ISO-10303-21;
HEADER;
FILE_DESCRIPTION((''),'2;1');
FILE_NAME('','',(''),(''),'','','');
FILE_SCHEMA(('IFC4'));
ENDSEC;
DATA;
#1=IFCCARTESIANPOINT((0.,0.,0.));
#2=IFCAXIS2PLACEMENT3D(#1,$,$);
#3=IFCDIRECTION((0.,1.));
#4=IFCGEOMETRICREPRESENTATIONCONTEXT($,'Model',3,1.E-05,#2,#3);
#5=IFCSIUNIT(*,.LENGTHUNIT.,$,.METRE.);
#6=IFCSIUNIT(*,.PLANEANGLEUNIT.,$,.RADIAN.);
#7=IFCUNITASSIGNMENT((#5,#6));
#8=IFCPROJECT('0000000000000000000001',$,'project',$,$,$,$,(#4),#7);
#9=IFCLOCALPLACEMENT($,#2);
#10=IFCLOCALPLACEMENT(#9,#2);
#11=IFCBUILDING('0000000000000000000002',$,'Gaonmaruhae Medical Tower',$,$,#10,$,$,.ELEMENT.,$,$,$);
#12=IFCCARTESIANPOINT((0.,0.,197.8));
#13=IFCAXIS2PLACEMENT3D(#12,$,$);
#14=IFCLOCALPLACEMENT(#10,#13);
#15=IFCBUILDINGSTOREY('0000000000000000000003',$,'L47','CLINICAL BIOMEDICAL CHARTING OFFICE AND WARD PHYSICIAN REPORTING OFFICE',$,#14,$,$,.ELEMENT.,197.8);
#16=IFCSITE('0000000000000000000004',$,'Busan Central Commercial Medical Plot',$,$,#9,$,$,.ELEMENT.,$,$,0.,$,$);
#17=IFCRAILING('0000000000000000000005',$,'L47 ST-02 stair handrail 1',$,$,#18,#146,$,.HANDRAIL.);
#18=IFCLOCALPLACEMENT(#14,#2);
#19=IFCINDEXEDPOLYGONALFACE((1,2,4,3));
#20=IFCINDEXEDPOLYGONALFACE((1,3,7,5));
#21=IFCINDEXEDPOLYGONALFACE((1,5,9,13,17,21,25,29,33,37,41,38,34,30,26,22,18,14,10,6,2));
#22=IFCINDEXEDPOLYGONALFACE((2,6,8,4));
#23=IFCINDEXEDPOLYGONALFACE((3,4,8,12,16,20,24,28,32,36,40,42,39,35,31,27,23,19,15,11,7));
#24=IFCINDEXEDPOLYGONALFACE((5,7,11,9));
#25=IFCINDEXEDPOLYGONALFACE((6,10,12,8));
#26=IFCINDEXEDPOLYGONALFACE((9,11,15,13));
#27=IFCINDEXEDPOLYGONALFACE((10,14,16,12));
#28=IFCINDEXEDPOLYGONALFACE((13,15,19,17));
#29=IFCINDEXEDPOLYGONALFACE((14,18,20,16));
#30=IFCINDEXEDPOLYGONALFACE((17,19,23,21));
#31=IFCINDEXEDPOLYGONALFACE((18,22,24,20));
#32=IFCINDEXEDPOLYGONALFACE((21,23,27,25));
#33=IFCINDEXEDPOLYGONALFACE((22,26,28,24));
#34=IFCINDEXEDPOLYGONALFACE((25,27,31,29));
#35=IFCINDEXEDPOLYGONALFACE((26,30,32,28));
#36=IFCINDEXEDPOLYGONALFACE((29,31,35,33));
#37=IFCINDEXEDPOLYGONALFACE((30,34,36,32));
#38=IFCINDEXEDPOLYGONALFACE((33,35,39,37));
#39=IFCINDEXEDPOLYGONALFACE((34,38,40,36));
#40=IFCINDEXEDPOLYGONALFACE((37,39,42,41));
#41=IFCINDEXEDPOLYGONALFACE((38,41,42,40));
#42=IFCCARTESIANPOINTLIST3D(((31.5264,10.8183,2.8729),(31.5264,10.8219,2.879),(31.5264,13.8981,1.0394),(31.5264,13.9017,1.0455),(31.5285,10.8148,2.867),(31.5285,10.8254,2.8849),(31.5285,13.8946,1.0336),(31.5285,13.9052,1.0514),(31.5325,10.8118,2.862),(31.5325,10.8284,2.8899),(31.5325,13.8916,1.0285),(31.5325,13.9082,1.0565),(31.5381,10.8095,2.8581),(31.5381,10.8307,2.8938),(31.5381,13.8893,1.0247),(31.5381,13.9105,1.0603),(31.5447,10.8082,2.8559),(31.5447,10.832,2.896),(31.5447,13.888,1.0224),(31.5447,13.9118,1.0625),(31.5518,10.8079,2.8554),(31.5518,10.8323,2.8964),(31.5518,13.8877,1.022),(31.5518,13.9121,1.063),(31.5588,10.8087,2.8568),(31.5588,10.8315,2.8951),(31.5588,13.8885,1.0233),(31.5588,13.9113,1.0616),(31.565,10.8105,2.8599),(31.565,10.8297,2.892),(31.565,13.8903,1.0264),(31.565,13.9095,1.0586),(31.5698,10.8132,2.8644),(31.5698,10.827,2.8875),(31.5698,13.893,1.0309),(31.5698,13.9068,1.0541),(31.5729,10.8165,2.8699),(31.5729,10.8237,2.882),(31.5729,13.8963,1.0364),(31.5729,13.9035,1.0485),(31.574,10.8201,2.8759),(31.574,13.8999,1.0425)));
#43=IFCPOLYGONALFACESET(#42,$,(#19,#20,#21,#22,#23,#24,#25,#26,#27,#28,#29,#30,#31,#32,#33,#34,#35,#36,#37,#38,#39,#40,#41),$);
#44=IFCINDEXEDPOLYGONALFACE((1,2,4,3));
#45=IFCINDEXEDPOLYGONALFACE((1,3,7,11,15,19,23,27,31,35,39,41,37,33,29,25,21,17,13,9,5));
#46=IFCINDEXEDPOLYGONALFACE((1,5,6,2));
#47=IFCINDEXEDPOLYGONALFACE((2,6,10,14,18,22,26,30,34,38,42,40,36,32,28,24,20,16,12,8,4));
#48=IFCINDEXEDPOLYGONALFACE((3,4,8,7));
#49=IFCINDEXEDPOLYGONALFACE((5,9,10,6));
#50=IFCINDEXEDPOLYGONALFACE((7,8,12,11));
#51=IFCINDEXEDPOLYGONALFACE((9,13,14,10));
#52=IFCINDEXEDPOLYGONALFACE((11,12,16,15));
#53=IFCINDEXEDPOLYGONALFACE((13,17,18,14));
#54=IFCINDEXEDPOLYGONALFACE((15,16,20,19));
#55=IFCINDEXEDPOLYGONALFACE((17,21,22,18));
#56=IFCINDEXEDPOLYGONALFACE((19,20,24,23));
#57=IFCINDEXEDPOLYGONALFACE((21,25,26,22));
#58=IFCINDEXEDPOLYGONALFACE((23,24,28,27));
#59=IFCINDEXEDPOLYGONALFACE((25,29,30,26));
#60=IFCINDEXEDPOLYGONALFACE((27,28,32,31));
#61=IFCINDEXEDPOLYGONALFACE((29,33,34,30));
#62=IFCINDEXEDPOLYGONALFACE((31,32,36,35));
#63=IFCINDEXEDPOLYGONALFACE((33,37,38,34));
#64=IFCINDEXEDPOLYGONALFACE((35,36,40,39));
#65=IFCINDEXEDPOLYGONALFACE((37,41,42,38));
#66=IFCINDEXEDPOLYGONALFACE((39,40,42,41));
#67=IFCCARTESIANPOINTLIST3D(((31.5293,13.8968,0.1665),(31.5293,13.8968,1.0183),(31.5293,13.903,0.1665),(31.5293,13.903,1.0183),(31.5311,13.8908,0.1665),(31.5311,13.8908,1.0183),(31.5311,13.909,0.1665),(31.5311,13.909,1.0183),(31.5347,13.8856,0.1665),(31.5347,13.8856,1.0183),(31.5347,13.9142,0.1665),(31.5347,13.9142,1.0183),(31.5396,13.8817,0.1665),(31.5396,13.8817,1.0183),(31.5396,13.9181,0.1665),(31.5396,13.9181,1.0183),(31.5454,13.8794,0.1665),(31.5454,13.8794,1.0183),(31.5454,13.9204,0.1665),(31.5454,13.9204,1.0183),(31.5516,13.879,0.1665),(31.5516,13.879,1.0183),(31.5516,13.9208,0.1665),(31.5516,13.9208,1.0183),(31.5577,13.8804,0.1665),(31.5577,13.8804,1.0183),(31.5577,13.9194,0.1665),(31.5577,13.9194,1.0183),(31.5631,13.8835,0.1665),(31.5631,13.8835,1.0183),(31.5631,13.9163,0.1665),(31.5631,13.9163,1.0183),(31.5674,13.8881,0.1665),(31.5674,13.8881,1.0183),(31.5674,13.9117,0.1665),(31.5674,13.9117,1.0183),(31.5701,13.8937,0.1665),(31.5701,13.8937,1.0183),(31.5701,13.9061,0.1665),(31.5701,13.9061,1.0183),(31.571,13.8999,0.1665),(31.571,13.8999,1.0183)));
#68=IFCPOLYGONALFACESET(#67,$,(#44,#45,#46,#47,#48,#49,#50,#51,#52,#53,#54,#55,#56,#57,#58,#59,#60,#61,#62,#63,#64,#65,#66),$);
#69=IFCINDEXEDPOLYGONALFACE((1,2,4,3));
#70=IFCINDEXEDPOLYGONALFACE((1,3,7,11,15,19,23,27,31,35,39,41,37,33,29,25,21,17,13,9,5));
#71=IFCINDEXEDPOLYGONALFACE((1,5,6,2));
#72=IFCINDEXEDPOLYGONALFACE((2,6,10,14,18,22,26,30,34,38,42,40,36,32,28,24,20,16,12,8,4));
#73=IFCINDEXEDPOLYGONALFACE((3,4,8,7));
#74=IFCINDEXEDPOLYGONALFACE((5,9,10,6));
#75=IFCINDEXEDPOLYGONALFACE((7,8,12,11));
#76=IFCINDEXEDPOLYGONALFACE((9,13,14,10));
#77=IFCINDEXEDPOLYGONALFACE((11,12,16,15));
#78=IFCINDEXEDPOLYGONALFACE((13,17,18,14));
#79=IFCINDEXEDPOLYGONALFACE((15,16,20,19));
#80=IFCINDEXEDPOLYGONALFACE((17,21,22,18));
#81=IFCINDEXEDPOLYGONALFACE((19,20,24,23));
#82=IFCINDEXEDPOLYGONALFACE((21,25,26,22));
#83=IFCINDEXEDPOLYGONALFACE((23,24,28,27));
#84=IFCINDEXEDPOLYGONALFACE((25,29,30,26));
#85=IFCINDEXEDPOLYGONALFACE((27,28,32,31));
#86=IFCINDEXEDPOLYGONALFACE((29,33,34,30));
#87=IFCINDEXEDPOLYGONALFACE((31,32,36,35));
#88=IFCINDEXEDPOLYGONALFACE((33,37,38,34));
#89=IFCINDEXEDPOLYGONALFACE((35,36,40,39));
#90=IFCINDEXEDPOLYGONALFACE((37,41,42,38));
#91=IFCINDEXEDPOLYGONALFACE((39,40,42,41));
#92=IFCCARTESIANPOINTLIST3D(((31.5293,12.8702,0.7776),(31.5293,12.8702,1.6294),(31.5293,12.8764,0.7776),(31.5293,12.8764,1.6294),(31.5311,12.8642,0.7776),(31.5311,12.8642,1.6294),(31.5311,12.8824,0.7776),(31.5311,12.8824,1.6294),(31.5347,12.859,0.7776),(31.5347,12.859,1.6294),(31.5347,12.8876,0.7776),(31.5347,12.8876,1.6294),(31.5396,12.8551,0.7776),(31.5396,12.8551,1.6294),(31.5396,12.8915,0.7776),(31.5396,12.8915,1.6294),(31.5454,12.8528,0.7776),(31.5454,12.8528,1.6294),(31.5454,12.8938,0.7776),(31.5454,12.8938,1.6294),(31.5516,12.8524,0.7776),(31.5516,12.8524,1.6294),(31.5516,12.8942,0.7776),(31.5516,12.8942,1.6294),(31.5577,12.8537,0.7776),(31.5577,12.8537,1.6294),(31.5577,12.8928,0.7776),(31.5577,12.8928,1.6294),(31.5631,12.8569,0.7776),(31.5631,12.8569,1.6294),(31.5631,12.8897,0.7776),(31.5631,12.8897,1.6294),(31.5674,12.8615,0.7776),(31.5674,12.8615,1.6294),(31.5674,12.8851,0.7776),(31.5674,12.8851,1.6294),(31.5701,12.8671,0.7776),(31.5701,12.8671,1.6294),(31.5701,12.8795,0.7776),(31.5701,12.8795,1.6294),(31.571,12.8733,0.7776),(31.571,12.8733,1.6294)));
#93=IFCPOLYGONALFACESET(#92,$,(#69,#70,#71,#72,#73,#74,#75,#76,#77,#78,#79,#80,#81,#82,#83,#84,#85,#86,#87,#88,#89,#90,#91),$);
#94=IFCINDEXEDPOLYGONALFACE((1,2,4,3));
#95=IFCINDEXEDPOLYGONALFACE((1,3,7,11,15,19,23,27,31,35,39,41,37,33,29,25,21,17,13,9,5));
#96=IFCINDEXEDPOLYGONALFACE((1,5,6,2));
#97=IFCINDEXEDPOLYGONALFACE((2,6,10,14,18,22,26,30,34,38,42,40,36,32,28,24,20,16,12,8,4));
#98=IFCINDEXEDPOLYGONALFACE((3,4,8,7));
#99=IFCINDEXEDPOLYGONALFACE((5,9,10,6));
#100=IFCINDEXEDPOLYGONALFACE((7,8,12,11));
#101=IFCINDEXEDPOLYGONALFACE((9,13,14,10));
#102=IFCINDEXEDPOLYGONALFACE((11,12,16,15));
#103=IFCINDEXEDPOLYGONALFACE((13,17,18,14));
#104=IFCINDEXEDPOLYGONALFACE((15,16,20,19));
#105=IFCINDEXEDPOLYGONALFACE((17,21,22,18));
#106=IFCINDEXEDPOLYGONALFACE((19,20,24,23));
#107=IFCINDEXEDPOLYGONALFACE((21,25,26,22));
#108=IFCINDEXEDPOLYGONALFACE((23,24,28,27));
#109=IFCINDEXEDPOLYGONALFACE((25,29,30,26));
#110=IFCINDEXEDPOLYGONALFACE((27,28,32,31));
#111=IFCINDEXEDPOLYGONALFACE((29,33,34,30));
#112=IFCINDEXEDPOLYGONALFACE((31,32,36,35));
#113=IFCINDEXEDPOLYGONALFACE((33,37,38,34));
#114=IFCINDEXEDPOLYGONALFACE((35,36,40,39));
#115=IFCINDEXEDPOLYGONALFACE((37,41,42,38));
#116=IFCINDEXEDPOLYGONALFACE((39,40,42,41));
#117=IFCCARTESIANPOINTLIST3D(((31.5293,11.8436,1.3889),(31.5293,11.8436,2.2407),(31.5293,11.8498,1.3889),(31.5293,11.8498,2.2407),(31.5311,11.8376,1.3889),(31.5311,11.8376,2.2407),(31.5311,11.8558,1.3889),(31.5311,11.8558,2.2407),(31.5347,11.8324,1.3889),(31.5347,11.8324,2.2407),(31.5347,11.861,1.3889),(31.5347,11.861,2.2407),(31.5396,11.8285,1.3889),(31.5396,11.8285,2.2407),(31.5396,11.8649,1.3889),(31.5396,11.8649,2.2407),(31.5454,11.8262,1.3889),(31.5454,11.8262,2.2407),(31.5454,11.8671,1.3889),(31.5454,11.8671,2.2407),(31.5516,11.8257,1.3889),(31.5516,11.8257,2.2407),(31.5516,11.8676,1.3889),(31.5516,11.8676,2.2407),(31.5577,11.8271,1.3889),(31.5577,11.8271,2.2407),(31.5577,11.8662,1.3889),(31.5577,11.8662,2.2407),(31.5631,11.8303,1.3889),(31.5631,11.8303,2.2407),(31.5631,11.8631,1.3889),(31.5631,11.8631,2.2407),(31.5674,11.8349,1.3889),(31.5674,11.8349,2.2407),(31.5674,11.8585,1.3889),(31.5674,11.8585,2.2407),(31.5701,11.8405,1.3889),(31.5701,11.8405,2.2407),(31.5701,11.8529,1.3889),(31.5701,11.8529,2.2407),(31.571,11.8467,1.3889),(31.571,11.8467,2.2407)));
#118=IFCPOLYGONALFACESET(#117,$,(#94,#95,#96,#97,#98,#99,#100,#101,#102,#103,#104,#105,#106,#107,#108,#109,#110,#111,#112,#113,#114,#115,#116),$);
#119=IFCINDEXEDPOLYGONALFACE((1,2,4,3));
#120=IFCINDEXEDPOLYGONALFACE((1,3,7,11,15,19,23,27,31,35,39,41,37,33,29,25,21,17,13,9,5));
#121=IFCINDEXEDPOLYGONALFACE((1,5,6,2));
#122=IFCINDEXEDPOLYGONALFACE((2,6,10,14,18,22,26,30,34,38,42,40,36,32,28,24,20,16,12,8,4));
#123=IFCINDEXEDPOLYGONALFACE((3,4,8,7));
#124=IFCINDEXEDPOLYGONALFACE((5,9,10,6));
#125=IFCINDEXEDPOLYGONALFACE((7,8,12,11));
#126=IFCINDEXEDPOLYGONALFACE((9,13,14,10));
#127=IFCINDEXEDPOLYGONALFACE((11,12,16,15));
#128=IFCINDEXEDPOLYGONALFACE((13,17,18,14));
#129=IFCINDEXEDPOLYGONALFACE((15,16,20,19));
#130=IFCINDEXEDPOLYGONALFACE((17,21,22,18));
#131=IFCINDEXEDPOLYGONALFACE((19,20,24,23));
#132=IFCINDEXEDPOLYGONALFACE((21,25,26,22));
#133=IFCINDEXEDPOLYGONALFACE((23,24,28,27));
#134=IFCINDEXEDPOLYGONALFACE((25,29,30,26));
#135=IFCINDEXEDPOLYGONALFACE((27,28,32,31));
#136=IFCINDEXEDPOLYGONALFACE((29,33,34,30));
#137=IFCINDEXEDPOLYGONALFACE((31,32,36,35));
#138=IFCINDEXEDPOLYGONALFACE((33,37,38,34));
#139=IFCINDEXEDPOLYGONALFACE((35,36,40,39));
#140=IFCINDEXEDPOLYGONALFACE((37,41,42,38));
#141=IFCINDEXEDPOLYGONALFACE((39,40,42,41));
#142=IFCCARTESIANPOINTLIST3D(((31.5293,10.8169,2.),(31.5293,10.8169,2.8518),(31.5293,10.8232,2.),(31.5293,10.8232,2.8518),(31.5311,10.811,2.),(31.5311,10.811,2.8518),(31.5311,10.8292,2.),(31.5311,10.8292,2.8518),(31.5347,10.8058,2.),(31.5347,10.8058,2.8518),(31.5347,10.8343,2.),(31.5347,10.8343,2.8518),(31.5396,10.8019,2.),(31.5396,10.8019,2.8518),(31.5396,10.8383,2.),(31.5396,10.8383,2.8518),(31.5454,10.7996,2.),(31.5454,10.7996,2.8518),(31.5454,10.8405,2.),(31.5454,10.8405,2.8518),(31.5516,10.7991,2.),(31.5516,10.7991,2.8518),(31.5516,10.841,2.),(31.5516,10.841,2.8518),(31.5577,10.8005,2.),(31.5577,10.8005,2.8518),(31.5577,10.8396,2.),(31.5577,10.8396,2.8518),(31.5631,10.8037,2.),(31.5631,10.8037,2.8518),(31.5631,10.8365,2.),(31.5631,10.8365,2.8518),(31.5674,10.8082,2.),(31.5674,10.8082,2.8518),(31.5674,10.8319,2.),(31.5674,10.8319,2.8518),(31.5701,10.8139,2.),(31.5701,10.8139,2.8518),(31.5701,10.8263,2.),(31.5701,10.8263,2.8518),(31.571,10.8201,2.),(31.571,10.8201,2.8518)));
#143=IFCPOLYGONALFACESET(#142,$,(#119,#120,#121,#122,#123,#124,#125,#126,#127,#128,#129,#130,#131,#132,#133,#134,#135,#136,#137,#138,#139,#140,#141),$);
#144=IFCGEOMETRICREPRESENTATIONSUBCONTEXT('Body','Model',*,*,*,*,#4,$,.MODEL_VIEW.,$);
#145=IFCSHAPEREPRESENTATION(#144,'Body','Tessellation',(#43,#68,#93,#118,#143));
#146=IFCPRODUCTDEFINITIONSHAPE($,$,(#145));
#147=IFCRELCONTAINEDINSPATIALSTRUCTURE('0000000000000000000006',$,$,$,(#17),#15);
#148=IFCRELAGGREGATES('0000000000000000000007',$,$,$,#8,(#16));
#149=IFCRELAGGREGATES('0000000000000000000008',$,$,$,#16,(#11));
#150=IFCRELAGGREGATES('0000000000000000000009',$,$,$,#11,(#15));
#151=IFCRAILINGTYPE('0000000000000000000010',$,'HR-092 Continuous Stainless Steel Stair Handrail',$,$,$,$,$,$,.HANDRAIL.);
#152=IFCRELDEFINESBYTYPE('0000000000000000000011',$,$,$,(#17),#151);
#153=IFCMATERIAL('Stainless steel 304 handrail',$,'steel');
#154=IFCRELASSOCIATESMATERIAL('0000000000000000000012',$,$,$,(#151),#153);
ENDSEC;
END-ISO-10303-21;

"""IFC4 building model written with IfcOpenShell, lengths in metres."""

from ifc_helpers import new_model, si_unit, direction, frame, origin, origin_2d, place, context, subcontext, project, spatial, circle, extrude, material, type_object, element, save


model = new_model("IFC4")

# Units and contexts
model_context = context("Model", 3, precision=1e-05, world=origin(), true_north=direction((0.0, 1.0)))
body_context = subcontext(model_context, "Body", "Model", "MODEL_VIEW")
ifc_project = project(units=[si_unit("LENGTHUNIT", "METRE"), si_unit("PLANEANGLEUNIT", "RADIAN")], contexts=[model_context])

# Site, building, storey
site_placement = place(None, origin())
site = spatial("IfcSite", under=ifc_project, at=site_placement, Name="Busan Central Commercial Medical Plot", CompositionType="ELEMENT", RefElevation=0.0)
building_placement = place(site_placement, origin())
building = spatial("IfcBuilding", under=site, at=building_placement, Name="Gaonmaruhae Medical Tower", CompositionType="ELEMENT")
storey_placement = place(building_placement, frame((0.0, 0.0, 197.8)))
storey = spatial("IfcBuildingStorey", under=building, at=storey_placement, Name="L47", Description="CLINICAL BIOMEDICAL CHARTING OFFICE AND WARD PHYSICIAN REPORTING OFFICE", CompositionType="ELEMENT", Elevation=197.8)

# Railing
ifc_material_1 = material(Name="Stainless steel 304 handrail", Category="steel")
railing_type_1 = type_object("IfcRailingType", Name="HR-092 Continuous Stainless Steel Stair Handrail", PredefinedType="HANDRAIL", material=ifc_material_1)
railing_1_placement = place(storey_placement, frame((31.55, 13.8999, 0.1665)))
element("IfcRailing", 1, at=railing_1_placement, inside=storey, type_object=railing_type_1, Name="L47 ST-02 stair handrail 1", PredefinedType="HANDRAIL", context=body_context, shape_type="SweptSolid", body=[
    extrude(circle(Radius=0.0239, at=origin_2d()), frame((0.0, 0.0, 0.876), z_axis=(0.0, -0.859261, 0.511538), x_axis=(1.0, 0.0, 0.0)), (0.0, 0.0, 1.0), 3.5842),
    extrude(circle(Radius=0.021, at=origin_2d()), origin(), (0.0, 0.0, 1.0), 0.8518),
    extrude(circle(Radius=0.021, at=origin_2d()), frame((0.0, -1.0266, 0.6111)), (0.0, 0.0, 1.0), 0.8518),
    extrude(circle(Radius=0.021, at=origin_2d()), frame((0.0, -2.0532, 1.2224)), (0.0, 0.0, 1.0), 0.8518),
    extrude(circle(Radius=0.021, at=origin_2d()), frame((0.0, -3.0798, 1.8335)), (0.0, 0.0, 1.0), 0.8518),
])

save(model, "model.ifc")
